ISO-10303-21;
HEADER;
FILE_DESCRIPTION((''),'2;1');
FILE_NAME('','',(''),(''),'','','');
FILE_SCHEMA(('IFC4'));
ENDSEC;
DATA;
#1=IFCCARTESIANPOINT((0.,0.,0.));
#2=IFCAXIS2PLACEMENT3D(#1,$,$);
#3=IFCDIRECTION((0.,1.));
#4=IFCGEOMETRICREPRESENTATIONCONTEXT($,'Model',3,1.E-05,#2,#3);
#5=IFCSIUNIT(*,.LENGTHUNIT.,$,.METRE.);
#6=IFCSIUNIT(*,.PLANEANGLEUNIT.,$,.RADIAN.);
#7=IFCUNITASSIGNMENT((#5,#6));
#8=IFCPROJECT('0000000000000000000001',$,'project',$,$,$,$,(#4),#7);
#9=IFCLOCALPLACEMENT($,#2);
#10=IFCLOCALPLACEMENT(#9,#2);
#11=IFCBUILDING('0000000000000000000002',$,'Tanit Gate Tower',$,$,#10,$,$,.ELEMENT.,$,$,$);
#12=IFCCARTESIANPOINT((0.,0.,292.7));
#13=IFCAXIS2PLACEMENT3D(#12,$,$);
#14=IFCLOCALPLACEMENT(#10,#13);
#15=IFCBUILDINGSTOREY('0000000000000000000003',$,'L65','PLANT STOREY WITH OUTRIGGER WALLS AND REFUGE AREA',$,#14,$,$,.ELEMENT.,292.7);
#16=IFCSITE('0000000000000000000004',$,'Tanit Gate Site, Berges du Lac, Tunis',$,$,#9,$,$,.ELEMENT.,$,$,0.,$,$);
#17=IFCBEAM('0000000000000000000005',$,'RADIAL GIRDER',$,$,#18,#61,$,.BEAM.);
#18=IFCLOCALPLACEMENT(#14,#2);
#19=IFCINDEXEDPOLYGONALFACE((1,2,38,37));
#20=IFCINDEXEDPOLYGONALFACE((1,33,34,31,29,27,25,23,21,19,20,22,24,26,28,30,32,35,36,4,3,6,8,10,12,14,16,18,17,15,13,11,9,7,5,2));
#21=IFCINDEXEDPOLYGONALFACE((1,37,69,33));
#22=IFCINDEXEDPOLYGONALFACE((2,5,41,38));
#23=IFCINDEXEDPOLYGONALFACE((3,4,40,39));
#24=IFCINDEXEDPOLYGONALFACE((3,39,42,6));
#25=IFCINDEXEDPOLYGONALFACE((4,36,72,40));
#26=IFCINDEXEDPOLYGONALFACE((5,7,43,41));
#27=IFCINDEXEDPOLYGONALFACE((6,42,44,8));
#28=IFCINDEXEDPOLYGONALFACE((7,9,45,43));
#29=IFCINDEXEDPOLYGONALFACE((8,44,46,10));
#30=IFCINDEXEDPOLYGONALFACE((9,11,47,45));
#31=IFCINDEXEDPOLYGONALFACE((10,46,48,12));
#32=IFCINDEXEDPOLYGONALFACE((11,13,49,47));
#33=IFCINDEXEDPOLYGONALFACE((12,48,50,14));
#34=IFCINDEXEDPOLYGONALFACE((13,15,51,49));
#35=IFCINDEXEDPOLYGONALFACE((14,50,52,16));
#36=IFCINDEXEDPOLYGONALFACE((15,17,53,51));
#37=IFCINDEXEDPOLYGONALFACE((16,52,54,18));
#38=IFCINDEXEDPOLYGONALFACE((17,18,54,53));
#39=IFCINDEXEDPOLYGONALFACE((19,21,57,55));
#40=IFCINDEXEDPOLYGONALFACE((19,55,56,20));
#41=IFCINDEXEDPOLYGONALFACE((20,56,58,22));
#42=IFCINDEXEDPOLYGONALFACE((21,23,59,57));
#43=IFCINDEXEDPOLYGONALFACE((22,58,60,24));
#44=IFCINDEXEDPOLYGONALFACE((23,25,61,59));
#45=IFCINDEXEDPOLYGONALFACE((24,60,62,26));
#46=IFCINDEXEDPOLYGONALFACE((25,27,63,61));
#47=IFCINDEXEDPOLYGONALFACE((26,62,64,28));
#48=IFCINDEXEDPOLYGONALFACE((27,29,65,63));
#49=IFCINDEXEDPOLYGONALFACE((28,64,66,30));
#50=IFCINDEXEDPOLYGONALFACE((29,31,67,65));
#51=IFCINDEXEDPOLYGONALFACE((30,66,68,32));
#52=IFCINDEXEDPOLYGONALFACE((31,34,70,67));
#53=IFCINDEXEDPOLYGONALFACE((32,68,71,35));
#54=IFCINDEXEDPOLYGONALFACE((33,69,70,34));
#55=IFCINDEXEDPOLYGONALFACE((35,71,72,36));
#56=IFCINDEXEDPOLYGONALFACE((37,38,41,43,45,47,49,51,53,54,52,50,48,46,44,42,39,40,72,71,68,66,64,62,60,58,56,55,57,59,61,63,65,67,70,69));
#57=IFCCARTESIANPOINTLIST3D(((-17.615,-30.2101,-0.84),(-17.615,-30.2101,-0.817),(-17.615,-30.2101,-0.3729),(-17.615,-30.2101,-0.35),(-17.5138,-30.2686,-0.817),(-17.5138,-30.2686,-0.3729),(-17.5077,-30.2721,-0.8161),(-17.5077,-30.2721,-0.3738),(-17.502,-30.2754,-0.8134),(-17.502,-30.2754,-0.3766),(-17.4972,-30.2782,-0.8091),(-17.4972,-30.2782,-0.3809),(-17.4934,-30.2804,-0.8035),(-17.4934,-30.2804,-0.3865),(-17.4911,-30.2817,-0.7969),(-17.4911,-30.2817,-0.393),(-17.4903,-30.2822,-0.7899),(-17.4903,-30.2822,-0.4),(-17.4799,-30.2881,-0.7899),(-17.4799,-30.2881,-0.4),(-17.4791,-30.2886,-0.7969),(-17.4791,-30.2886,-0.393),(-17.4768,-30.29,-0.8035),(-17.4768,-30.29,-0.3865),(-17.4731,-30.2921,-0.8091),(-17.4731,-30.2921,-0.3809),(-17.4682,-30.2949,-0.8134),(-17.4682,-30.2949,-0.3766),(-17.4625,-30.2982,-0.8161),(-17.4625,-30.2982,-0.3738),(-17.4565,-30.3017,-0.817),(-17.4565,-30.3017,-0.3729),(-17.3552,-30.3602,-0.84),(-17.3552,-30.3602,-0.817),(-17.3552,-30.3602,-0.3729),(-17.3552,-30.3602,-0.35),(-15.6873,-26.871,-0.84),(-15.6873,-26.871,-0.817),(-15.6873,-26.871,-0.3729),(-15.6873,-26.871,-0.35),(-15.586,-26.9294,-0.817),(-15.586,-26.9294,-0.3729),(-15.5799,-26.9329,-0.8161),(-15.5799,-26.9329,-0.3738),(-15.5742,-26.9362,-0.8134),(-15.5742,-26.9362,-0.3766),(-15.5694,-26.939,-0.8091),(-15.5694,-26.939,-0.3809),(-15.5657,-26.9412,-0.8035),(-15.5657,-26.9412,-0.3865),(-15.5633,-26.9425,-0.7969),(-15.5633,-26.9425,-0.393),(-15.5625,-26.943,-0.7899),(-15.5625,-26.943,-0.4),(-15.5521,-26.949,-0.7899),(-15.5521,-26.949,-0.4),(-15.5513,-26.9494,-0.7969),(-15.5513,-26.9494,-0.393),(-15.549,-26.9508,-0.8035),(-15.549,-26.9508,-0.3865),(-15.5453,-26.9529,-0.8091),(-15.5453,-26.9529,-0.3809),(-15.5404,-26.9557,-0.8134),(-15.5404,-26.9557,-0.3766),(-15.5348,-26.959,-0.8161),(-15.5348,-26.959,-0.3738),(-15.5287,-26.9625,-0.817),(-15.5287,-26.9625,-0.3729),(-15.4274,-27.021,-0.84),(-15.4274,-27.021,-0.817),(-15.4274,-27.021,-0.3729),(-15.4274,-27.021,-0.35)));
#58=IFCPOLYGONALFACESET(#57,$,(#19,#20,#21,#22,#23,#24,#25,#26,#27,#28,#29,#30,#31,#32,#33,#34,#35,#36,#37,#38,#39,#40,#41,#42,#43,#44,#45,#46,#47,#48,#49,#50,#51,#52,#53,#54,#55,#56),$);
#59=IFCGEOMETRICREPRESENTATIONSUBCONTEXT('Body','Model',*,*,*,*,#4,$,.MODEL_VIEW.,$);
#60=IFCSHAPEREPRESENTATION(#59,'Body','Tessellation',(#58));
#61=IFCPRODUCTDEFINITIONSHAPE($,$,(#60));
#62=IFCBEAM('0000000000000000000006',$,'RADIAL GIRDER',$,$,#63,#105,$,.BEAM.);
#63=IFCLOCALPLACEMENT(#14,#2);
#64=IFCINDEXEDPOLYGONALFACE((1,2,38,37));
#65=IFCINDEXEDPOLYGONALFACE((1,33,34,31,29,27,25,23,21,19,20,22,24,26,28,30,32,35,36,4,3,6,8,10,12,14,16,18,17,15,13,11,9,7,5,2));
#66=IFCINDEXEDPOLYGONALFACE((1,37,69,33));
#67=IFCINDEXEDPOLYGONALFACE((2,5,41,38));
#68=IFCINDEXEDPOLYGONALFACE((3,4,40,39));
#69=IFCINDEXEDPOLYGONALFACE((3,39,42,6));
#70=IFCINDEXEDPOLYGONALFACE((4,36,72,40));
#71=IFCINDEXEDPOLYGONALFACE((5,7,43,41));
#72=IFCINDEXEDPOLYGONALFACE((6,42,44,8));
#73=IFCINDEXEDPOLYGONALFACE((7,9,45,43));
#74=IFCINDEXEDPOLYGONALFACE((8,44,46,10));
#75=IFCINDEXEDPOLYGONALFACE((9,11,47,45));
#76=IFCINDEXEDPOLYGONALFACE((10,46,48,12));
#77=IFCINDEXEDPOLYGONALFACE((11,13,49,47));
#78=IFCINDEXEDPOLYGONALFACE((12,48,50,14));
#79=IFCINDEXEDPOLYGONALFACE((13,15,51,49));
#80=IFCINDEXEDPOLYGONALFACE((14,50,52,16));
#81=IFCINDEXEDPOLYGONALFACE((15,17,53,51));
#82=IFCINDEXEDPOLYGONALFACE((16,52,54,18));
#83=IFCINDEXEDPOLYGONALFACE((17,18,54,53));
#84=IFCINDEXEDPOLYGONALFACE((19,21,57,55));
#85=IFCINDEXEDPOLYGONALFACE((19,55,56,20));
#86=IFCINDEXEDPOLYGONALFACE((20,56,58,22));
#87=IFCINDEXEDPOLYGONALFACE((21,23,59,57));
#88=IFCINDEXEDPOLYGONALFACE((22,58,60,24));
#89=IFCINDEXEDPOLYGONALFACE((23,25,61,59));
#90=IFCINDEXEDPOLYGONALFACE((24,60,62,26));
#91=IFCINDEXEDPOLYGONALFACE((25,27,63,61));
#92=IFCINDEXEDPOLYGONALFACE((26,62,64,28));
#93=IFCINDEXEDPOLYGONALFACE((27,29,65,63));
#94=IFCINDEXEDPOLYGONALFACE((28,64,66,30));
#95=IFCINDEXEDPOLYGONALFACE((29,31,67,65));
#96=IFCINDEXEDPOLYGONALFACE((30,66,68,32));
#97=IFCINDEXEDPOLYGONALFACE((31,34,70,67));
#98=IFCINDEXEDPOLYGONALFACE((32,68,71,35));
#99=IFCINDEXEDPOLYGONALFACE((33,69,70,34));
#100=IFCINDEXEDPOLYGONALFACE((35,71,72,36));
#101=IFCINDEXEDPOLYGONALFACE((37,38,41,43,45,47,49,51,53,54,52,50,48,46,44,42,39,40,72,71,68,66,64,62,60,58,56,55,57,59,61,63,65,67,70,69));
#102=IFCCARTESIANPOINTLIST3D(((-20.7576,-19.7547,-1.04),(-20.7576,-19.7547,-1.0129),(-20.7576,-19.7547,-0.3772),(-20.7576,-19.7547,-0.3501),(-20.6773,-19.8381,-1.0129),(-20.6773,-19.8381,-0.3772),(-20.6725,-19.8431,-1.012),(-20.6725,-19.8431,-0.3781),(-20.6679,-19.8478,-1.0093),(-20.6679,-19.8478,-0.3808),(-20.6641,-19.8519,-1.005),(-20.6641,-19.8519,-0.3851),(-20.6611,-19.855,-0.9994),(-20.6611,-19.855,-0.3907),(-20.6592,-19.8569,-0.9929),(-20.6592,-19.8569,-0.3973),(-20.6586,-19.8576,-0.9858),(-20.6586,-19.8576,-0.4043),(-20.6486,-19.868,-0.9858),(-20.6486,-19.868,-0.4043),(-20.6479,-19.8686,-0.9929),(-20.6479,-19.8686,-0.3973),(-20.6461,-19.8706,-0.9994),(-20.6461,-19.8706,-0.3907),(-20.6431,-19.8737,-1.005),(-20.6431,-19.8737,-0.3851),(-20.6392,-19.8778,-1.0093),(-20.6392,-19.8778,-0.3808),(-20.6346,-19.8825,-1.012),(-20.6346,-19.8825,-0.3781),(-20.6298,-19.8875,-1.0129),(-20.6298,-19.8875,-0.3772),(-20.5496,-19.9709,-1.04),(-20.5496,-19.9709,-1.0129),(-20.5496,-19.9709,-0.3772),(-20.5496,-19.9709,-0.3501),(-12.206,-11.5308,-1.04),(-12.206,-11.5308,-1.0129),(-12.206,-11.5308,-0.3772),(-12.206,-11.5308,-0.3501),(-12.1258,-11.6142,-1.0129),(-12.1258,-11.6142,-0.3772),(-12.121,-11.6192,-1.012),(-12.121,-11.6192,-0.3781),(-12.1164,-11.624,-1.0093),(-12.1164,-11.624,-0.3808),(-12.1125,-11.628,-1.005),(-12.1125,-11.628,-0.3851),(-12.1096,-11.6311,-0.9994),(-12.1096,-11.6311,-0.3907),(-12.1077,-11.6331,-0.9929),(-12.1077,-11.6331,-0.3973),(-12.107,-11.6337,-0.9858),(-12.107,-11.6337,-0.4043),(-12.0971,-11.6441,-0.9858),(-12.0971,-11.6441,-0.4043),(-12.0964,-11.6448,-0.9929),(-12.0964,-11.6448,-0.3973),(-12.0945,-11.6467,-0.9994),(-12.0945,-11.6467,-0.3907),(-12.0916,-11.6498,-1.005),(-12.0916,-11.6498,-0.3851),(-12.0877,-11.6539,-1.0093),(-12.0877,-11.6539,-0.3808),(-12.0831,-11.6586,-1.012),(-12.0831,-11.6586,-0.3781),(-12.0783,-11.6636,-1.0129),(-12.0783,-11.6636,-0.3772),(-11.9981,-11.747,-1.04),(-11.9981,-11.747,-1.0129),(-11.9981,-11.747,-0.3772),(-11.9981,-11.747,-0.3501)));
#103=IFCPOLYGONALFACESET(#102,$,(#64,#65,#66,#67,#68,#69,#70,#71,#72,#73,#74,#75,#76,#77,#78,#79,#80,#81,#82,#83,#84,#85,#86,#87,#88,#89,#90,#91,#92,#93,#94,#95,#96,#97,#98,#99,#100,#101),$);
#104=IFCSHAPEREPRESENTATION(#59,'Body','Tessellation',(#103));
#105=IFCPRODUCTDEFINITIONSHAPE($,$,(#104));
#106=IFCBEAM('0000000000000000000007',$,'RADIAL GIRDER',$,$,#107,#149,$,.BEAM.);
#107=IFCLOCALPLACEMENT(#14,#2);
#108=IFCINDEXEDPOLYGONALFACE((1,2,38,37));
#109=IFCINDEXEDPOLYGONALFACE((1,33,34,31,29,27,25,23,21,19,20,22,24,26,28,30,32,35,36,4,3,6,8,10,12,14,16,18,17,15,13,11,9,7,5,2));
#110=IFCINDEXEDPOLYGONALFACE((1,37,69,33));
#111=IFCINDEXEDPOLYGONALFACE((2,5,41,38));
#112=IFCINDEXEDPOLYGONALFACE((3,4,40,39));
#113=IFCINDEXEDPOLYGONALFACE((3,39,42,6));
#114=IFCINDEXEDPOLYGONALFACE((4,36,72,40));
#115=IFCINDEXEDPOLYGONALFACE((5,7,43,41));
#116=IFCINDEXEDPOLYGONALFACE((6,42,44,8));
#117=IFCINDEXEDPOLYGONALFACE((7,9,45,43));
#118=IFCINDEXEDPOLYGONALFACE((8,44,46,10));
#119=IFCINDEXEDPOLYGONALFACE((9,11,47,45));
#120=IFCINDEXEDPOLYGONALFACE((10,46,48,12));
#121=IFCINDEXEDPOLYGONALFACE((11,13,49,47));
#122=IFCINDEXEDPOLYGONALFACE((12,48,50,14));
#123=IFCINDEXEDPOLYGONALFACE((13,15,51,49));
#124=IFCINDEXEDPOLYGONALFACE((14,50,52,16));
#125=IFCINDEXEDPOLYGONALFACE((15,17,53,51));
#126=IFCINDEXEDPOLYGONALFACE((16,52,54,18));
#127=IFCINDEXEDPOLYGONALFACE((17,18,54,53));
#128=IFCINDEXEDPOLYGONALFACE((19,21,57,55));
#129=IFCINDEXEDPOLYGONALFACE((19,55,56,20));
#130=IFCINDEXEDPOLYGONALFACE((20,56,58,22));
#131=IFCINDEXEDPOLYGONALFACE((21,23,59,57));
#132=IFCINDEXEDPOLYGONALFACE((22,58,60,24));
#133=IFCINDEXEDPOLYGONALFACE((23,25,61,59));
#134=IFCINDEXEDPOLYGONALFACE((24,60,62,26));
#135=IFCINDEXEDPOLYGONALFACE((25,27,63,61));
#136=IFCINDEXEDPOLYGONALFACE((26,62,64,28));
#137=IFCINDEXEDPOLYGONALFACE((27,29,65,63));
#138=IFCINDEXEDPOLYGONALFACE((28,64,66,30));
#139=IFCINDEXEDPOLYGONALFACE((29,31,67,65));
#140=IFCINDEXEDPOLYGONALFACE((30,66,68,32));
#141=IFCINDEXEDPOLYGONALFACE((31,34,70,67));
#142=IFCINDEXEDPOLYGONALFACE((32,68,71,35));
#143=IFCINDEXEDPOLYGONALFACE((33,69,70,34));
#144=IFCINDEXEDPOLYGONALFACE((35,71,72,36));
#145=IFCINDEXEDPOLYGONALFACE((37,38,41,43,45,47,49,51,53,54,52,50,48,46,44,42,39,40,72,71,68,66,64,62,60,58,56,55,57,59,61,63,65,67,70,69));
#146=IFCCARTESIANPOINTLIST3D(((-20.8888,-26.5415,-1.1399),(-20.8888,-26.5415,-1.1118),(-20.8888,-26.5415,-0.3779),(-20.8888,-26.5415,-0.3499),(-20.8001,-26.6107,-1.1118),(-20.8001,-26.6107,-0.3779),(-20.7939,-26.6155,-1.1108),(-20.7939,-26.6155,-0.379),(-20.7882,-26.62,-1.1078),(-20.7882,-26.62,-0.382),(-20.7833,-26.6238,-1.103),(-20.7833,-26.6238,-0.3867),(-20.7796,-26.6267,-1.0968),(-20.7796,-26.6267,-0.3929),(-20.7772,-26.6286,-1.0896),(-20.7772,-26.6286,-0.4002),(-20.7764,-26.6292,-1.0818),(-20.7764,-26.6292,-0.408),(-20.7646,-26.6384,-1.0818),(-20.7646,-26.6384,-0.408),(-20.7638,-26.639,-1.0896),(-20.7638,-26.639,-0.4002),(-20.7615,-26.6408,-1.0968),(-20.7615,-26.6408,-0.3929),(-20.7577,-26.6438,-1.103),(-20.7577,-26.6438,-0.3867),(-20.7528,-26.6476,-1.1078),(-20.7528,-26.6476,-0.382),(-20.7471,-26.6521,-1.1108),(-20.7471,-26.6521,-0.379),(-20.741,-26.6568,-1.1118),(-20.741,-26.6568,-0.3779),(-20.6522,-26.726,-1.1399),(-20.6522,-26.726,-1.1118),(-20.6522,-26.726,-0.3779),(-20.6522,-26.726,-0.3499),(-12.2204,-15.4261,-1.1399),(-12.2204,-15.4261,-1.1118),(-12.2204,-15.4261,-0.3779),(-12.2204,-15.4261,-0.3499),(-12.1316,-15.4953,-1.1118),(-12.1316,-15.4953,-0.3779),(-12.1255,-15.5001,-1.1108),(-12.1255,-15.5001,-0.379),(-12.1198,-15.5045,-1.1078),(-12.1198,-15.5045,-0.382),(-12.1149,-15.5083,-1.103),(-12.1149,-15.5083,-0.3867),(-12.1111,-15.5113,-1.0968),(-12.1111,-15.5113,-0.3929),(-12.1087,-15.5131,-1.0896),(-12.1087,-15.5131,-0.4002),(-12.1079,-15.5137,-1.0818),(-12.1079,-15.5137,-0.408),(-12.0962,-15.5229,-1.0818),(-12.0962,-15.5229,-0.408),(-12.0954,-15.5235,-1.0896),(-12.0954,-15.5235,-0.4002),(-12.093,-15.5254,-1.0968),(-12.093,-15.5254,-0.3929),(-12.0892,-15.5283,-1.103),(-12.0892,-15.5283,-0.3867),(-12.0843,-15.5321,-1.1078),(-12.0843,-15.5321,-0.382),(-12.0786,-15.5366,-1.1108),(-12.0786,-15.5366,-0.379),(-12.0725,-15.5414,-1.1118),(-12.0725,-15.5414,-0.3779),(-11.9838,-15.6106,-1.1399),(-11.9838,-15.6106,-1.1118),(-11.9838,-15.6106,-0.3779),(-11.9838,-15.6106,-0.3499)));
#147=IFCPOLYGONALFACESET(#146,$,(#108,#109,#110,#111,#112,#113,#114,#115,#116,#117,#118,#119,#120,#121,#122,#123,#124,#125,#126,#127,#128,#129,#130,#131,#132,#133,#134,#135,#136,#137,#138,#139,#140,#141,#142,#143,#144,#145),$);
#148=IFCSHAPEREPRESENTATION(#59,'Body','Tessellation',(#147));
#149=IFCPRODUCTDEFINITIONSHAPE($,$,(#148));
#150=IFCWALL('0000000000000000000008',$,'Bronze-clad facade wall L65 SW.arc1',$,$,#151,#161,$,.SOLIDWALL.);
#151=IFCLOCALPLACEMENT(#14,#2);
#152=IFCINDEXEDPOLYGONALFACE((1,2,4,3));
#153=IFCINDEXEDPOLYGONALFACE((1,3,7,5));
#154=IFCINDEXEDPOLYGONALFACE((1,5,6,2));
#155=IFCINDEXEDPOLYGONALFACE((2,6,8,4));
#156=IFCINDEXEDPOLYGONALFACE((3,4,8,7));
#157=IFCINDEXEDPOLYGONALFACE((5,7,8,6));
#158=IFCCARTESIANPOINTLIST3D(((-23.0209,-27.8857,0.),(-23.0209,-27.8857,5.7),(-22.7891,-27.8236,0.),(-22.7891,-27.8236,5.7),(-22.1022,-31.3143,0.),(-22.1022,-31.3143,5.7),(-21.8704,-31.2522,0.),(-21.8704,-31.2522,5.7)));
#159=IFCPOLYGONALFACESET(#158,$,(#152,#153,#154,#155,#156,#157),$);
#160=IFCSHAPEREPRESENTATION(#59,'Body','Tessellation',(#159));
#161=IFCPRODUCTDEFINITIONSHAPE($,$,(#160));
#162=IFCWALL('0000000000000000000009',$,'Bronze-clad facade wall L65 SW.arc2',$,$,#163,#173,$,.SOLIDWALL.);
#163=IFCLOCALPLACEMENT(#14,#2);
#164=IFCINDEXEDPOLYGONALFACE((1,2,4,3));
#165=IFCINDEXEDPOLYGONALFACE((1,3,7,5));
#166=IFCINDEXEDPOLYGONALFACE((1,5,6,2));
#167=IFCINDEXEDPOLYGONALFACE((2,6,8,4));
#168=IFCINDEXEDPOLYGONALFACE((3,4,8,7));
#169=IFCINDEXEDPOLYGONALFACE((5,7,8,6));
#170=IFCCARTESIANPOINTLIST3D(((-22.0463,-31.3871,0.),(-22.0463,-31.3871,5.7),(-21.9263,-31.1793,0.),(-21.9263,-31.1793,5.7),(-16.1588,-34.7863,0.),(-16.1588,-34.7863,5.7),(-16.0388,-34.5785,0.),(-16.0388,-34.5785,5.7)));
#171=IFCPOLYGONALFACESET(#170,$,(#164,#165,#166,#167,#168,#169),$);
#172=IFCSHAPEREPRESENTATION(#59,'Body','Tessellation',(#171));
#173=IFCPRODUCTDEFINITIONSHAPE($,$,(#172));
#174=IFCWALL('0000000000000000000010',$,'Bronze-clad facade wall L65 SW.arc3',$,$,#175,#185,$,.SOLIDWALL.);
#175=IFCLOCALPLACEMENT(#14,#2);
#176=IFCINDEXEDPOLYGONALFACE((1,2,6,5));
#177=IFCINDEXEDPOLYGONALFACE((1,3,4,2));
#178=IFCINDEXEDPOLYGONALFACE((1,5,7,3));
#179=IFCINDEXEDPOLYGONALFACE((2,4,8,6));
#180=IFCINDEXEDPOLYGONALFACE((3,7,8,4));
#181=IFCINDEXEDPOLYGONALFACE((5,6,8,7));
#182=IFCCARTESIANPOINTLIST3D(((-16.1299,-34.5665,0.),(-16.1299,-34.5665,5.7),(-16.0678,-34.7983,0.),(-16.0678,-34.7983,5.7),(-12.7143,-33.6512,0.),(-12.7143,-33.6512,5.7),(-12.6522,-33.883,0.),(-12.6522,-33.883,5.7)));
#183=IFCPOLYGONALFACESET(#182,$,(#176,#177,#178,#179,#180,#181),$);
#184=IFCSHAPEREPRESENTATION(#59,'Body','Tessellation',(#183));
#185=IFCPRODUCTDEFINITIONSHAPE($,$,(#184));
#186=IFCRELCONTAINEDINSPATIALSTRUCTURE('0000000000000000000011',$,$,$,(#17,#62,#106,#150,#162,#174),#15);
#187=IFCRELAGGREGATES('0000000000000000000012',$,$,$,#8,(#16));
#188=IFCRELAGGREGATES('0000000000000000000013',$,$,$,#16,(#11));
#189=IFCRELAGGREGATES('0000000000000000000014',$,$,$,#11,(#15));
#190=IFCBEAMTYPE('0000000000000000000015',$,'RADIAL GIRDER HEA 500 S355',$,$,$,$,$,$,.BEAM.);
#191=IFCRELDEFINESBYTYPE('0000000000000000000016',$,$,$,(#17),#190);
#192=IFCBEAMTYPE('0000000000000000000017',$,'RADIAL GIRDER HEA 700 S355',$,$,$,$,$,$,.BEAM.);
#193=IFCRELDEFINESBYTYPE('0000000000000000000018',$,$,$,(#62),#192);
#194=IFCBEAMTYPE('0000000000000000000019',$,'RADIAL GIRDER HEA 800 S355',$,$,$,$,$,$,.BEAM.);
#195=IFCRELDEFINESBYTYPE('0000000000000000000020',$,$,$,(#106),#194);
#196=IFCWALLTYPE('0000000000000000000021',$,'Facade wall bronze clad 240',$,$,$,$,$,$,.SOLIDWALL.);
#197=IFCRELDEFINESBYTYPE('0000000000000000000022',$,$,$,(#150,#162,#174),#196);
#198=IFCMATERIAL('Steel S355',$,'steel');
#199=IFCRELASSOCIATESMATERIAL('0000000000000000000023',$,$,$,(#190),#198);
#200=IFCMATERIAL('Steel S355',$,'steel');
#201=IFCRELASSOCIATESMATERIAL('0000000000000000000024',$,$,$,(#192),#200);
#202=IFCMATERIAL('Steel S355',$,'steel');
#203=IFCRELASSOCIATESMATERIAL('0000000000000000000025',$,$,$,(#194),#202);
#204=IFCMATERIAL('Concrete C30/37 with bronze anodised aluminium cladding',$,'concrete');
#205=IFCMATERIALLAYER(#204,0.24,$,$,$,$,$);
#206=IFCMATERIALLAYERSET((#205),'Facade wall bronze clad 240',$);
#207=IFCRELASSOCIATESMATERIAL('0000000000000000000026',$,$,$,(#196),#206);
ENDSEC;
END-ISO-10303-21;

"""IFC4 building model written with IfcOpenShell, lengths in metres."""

from ifc_helpers import new_model, si_unit, direction, frame, frame_2d, origin, origin_2d, place, context, subcontext, project, spatial, rectangle, i_section, extrude, material, layer, layer_set, material_profile, profile_set, type_object, element, save


model = new_model("IFC4")

# Units and contexts
model_context = context("Model", 3, precision=1e-05, world=origin(), true_north=direction((0.0, 1.0)))
body_context = subcontext(model_context, "Body", "Model", "MODEL_VIEW")
ifc_project = project(units=[si_unit("LENGTHUNIT", "METRE"), si_unit("PLANEANGLEUNIT", "RADIAN")], contexts=[model_context])

# Site, building, storey
site_placement = place(None, origin())
site = spatial("IfcSite", under=ifc_project, at=site_placement, Name="Tanit Gate Site, Berges du Lac, Tunis", CompositionType="ELEMENT", RefElevation=0.0)
building_placement = place(site_placement, origin())
building = spatial("IfcBuilding", under=site, at=building_placement, Name="Tanit Gate Tower", CompositionType="ELEMENT")
storey_placement = place(building_placement, frame((0.0, 0.0, 292.7)))
storey = spatial("IfcBuildingStorey", under=building, at=storey_placement, Name="L65", Description="PLANT STOREY WITH OUTRIGGER WALLS AND REFUGE AREA", CompositionType="ELEMENT", Elevation=292.7)

# Beams
ifc_material_1 = material(Name="Steel S355", Category="steel")
ifc_material_profile_1 = material_profile(ifc_material_1, i_section(OverallWidth=0.3, OverallDepth=0.49, WebThickness=0.012, FlangeThickness=0.0229, FilletRadius=0.0271, at=origin_2d()), Name="HEA 500")
ifc_profile_set_1 = profile_set([ifc_material_profile_1], Name="Steel S355")
beam_type_1 = type_object("IfcBeamType", Name="RADIAL GIRDER HEA 500 S355", PredefinedType="BEAM", material=ifc_profile_set_1)
beam_1_placement = place(storey_placement, frame((-17.4851, -30.2852, -0.595), z_axis=(0.49998, 0.866037, 0.0), x_axis=(-0.866037, 0.49998, 0.0)))
element("IfcBeam", 1, at=beam_1_placement, inside=storey, type_object=beam_type_1, Name="RADIAL GIRDER", PredefinedType="BEAM", context=body_context, shape_type="SweptSolid", body=[
    extrude(i_section(OverallWidth=0.3, OverallDepth=0.49, WebThickness=0.012, FlangeThickness=0.0229, FilletRadius=0.0271, at=origin_2d()), origin(), (0.0, 0.0, 1.0), 3.8557),
])
ifc_material_2 = material(Name="Steel S355", Category="steel")
ifc_material_profile_2 = material_profile(ifc_material_2, i_section(OverallWidth=0.3, OverallDepth=0.6899, WebThickness=0.0144, FlangeThickness=0.0271, FilletRadius=0.0271, at=origin_2d()), Name="HEA 700")
ifc_profile_set_2 = profile_set([ifc_material_profile_2], Name="Steel S355")
beam_type_2 = type_object("IfcBeamType", Name="RADIAL GIRDER HEA 700 S355", PredefinedType="BEAM", material=ifc_profile_set_2)
beam_2_placement = place(storey_placement, frame((-20.6536, -19.8628, -0.6951), z_axis=(0.72078, 0.693164, 0.0), x_axis=(-0.693164, 0.72078, 0.0)))
element("IfcBeam", 2, at=beam_2_placement, inside=storey, type_object=beam_type_2, Name="RADIAL GIRDER", PredefinedType="BEAM", context=body_context, shape_type="SweptSolid", body=[
    extrude(i_section(OverallWidth=0.3, OverallDepth=0.6899, WebThickness=0.0144, FlangeThickness=0.0271, FilletRadius=0.0271, at=origin_2d()), origin(), (0.0, 0.0, 1.0), 11.8643),
])
ifc_material_3 = material(Name="Steel S355", Category="steel")
ifc_material_profile_3 = material_profile(ifc_material_3, i_section(OverallWidth=0.3, OverallDepth=0.79, WebThickness=0.0149, FlangeThickness=0.0281, FilletRadius=0.03, at=origin_2d()), Name="HEA 800")
ifc_profile_set_3 = profile_set([ifc_material_profile_3], Name="Steel S355")
beam_type_3 = type_object("IfcBeamType", Name="RADIAL GIRDER HEA 800 S355", PredefinedType="BEAM", material=ifc_profile_set_3)
beam_3_placement = place(storey_placement, frame((-20.7705, -26.6338, -0.7449), z_axis=(0.614961, 0.788558, 0.0), x_axis=(-0.788558, 0.614961, 0.0)))
element("IfcBeam", 3, at=beam_3_placement, inside=storey, type_object=beam_type_3, Name="RADIAL GIRDER", PredefinedType="BEAM", context=body_context, shape_type="SweptSolid", body=[
    extrude(i_section(OverallWidth=0.3, OverallDepth=0.79, WebThickness=0.0149, FlangeThickness=0.0281, FilletRadius=0.03, at=origin_2d()), origin(), (0.0, 0.0, 1.0), 14.0959),
])

# Walls
ifc_material_4 = material(Name="Concrete C30/37 with bronze anodised aluminium cladding", Category="concrete")
ifc_layer_1 = layer(ifc_material_4, 0.24)
ifc_layer_set_1 = layer_set([ifc_layer_1], Name="Facade wall bronze clad 240")
wall_type_1 = type_object("IfcWallType", Name="Facade wall bronze clad 240", PredefinedType="SOLIDWALL", material=ifc_layer_set_1)
wall_1_placement = place(storey_placement, frame((-22.905, -27.8545, 0.0), z_axis=(0.0, 0.0, 1.0), x_axis=(0.258814, -0.965927, 0.0)))
element("IfcWall", 4, at=wall_1_placement, inside=storey, type_object=wall_type_1, Name="Bronze-clad facade wall L65 SW.arc1", PredefinedType="SOLIDWALL", context=body_context, shape_type="SweptSolid", body=[
    extrude(rectangle(XDim=3.5496, YDim=0.24, at=frame_2d((1.7749, 0.0))), origin(), (0.0, 0.0, 1.0), 5.7),
])
wall_2_placement = place(storey_placement, frame((-21.9863, -31.2832, 0.0), z_axis=(0.0, 0.0, 1.0), x_axis=(0.866022, -0.500005, 0.0)))
element("IfcWall", 5, at=wall_2_placement, inside=storey, type_object=wall_type_1, Name="Bronze-clad facade wall L65 SW.arc2", PredefinedType="SOLIDWALL", context=body_context, shape_type="SweptSolid", body=[
    extrude(rectangle(XDim=6.7983, YDim=0.24, at=frame_2d((3.3992, 0.0))), origin(), (0.0, 0.0, 1.0), 5.7),
])
wall_3_placement = place(storey_placement, frame((-16.0989, -34.6824, 0.0), z_axis=(0.0, 0.0, 1.0), x_axis=(0.965919, 0.258844, 0.0)))
element("IfcWall", 6, at=wall_3_placement, inside=storey, type_object=wall_type_1, Name="Bronze-clad facade wall L65 SW.arc3", PredefinedType="SOLIDWALL", context=body_context, shape_type="SweptSolid", body=[
    extrude(rectangle(XDim=3.5361, YDim=0.24, at=frame_2d((1.7681, 0.0))), origin(), (0.0, 0.0, 1.0), 5.7),
])

save(model, "model.ifc")
